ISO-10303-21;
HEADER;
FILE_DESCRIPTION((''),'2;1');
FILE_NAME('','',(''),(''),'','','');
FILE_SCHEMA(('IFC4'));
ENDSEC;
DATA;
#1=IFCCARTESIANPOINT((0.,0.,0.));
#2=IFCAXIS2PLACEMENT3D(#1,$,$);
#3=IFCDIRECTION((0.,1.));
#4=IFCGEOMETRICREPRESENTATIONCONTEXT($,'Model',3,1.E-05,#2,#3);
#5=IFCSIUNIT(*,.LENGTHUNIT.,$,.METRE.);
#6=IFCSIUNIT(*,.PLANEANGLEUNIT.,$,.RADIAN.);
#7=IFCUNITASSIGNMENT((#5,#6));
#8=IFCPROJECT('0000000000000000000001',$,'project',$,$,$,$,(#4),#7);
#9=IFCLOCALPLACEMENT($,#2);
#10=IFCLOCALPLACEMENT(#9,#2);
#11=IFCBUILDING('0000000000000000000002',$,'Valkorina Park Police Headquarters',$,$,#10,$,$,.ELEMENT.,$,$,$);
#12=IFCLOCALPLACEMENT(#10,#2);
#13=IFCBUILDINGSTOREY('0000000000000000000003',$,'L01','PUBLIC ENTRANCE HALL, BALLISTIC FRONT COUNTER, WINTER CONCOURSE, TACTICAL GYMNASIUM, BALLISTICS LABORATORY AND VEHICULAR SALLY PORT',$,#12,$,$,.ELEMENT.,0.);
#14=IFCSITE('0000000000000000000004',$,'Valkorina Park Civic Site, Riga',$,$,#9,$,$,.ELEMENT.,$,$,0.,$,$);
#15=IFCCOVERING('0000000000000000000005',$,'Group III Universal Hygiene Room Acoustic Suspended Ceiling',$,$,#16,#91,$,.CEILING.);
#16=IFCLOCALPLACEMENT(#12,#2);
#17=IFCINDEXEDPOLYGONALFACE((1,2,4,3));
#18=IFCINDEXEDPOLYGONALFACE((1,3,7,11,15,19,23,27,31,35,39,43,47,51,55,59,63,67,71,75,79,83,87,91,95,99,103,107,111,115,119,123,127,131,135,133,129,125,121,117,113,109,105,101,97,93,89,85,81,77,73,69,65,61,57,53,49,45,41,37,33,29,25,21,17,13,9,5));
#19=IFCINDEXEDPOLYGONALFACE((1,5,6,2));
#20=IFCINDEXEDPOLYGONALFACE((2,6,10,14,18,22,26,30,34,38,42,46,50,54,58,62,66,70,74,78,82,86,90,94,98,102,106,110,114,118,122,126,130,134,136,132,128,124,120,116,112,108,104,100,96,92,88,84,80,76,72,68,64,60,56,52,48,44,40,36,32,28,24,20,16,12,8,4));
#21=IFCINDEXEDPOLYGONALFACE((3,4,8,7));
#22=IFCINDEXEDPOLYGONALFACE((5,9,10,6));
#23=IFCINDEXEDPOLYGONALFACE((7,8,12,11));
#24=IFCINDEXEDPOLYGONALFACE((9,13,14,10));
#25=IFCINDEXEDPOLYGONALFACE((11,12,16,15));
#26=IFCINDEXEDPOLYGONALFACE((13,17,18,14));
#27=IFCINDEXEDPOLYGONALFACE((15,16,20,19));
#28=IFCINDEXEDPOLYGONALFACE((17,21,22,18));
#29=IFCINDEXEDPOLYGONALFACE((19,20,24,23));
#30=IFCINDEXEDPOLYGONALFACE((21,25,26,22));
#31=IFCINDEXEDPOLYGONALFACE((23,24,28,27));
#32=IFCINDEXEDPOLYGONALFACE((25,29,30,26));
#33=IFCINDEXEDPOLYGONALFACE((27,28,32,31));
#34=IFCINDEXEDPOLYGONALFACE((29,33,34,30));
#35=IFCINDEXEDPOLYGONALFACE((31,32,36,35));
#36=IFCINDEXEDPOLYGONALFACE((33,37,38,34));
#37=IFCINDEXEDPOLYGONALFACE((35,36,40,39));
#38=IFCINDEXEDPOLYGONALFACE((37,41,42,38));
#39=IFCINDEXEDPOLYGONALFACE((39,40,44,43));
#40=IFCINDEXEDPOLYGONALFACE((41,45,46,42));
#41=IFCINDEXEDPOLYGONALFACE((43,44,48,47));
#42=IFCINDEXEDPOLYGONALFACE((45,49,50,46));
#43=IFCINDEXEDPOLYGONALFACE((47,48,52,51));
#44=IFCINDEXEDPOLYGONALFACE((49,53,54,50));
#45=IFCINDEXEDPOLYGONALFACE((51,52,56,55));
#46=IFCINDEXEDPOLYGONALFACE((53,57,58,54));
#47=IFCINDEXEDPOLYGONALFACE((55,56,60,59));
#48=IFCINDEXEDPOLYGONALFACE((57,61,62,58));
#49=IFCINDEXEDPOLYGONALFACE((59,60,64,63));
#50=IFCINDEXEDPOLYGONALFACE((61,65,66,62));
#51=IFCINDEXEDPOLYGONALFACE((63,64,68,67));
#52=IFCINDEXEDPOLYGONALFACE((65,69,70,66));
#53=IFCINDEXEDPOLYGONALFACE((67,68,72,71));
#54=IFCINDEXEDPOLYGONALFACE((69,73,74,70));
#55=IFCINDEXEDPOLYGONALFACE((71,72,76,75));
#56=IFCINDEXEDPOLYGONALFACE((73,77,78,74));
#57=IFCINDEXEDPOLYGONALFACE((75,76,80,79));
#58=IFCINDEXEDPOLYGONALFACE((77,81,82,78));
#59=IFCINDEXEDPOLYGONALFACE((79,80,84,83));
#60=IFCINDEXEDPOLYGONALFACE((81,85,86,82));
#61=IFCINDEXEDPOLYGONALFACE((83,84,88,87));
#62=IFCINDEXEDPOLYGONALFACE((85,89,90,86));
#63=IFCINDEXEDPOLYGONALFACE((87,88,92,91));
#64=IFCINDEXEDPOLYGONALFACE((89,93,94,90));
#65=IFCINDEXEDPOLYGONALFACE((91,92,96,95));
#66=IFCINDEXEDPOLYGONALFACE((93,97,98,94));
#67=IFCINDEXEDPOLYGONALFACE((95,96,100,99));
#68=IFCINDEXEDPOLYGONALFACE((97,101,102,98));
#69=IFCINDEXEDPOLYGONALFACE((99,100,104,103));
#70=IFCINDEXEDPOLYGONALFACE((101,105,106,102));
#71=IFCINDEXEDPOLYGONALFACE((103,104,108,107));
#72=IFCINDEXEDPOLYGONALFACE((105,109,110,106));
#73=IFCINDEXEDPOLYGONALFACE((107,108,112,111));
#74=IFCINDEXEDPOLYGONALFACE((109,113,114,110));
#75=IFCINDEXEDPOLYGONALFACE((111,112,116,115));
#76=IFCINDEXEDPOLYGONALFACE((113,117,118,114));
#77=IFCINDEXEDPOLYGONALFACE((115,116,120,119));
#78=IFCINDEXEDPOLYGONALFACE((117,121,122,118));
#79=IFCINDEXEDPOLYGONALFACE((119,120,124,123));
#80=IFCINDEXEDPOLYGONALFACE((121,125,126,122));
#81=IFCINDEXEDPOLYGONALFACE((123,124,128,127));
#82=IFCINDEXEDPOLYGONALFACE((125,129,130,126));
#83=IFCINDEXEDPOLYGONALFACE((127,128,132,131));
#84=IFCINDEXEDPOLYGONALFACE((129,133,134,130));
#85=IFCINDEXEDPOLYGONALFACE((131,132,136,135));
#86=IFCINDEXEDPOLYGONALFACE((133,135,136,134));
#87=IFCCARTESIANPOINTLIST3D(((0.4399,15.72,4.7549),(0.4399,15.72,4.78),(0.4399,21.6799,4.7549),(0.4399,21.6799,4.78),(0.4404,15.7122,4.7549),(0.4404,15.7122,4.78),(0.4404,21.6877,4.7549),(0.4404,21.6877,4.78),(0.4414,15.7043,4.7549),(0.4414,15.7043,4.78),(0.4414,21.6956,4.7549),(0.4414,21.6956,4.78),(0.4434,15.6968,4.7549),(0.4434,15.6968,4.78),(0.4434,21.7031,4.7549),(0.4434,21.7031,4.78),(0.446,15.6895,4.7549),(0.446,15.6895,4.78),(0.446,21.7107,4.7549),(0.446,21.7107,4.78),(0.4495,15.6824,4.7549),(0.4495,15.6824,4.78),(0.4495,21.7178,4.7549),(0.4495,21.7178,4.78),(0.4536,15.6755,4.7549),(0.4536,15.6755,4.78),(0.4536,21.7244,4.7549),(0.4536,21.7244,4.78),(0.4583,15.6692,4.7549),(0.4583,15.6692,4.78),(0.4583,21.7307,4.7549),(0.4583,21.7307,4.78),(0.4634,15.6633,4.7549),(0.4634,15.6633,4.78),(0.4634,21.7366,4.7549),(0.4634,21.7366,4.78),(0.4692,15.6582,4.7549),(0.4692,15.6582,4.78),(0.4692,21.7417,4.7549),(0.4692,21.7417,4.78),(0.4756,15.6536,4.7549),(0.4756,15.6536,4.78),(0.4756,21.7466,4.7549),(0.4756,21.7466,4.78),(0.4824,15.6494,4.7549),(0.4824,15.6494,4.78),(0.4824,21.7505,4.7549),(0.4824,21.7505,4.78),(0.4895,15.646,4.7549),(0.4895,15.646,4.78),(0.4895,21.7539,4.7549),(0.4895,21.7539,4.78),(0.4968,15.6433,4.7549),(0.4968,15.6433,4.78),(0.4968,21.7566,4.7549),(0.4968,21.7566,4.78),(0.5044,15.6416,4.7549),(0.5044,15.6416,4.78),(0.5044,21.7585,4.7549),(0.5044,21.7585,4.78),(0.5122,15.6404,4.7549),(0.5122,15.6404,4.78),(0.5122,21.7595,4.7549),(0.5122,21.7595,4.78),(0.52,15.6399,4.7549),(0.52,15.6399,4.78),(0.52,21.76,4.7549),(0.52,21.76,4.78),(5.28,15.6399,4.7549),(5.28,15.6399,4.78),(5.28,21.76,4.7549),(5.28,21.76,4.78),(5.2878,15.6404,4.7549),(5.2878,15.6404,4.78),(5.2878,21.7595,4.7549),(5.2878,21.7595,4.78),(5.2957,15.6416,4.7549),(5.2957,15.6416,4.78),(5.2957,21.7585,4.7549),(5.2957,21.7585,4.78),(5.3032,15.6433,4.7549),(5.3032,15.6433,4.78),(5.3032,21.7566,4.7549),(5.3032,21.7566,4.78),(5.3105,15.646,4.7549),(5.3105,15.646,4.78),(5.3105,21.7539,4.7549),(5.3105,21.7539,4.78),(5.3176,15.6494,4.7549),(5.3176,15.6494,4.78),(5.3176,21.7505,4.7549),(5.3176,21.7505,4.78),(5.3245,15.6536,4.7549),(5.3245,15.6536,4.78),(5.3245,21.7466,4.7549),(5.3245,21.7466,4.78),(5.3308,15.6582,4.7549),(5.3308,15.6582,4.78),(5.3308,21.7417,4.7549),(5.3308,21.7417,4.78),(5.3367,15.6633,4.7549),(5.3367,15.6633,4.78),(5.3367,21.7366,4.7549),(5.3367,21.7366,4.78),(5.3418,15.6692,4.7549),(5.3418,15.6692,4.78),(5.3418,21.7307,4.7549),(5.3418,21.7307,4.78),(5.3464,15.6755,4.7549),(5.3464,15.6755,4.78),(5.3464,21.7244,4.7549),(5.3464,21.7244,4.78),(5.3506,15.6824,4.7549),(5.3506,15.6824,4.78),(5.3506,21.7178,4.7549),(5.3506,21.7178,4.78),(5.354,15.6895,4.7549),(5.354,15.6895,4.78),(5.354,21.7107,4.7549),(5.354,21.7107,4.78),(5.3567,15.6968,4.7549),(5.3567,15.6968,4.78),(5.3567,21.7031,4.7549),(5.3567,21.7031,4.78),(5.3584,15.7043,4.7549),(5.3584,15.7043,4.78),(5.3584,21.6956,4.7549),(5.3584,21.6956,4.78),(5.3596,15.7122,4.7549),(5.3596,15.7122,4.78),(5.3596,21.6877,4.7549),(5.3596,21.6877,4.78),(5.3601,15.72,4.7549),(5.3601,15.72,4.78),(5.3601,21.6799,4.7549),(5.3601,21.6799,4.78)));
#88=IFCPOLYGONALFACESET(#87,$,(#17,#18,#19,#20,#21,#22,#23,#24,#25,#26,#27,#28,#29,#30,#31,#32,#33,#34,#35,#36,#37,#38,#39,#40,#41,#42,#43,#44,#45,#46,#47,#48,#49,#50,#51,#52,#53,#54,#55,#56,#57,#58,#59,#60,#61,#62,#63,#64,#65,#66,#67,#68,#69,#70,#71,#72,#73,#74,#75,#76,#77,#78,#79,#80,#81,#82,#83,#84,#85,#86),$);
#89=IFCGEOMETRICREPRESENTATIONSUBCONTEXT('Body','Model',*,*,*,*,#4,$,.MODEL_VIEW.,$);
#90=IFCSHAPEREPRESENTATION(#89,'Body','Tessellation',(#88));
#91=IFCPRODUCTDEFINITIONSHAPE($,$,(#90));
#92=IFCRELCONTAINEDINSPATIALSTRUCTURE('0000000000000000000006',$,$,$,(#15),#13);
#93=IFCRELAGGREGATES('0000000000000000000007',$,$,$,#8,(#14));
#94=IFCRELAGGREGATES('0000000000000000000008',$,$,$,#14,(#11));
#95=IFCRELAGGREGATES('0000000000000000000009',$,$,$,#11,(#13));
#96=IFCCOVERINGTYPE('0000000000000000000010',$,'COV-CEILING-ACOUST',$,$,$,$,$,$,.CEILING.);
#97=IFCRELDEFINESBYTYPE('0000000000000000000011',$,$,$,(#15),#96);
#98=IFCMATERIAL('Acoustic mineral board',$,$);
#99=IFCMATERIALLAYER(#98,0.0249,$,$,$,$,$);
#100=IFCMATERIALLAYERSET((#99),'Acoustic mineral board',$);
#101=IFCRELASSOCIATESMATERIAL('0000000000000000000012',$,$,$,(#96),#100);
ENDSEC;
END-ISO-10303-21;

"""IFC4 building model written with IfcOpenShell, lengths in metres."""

from ifc_helpers import new_model, si_unit, direction, frame, origin, place, context, subcontext, project, spatial, polyline, outline, extrude, material, layer, layer_set, type_object, element, save


model = new_model("IFC4")

# Units and contexts
model_context = context("Model", 3, precision=1e-05, world=origin(), true_north=direction((0.0, 1.0)))
body_context = subcontext(model_context, "Body", "Model", "MODEL_VIEW")
ifc_project = project(units=[si_unit("LENGTHUNIT", "METRE"), si_unit("PLANEANGLEUNIT", "RADIAN")], contexts=[model_context])

# Site, building, storey
site_placement = place(None, origin())
site = spatial("IfcSite", under=ifc_project, at=site_placement, Name="Valkorina Park Civic Site, Riga", CompositionType="ELEMENT", RefElevation=0.0)
building_placement = place(site_placement, origin())
building = spatial("IfcBuilding", under=site, at=building_placement, Name="Valkorina Park Police Headquarters", CompositionType="ELEMENT")
storey_placement = place(building_placement, origin())
storey = spatial("IfcBuildingStorey", under=building, at=storey_placement, Name="L01", Description="PUBLIC ENTRANCE HALL, BALLISTIC FRONT COUNTER, WINTER CONCOURSE, TACTICAL GYMNASIUM, BALLISTICS LABORATORY AND VEHICULAR SALLY PORT", CompositionType="ELEMENT", Elevation=0.0)

# Covering
ifc_material_1 = material(Name="Acoustic mineral board")
ifc_layer_1 = layer(ifc_material_1, 0.0249)
ifc_layer_set_1 = layer_set([ifc_layer_1], Name="Acoustic mineral board")
covering_type_1 = type_object("IfcCoveringType", Name="COV-CEILING-ACOUST", PredefinedType="CEILING", material=ifc_layer_set_1)
covering_1_placement = place(storey_placement, frame((0.0, 0.0, 4.7549)))
element("IfcCovering", 1, at=covering_1_placement, inside=storey, type_object=covering_type_1, Name="Group III Universal Hygiene Room Acoustic Suspended Ceiling", PredefinedType="CEILING", context=body_context, shape_type="SweptSolid", body=[
    extrude(outline(polyline([(5.3584, 15.7043), (5.3596, 15.7122), (5.3601, 15.72), (5.3601, 21.6799), (5.3596, 21.6877), (5.3584, 21.6956), (5.3567, 21.7031), (5.354, 21.7107), (5.3506, 21.7178), (5.3464, 21.7244), (5.3418, 21.7307), (5.3367, 21.7366), (5.3308, 21.7417), (5.3245, 21.7466), (5.3176, 21.7505), (5.3105, 21.7539), (5.3032, 21.7566), (5.2957, 21.7585), (5.2878, 21.7595), (5.28, 21.76), (0.52, 21.76), (0.5122, 21.7595), (0.5044, 21.7585), (0.4968, 21.7566), (0.4895, 21.7539), (0.4824, 21.7505), (0.4756, 21.7466), (0.4692, 21.7417), (0.4634, 21.7366), (0.4583, 21.7307), (0.4536, 21.7244), (0.4495, 21.7178), (0.446, 21.7107), (0.4434, 21.7031), (0.4414, 21.6956), (0.4404, 21.6877), (0.4399, 21.6799), (0.4399, 15.72), (0.4404, 15.7122), (0.4414, 15.7043), (0.4434, 15.6968), (0.446, 15.6895), (0.4495, 15.6824), (0.4536, 15.6755), (0.4583, 15.6692), (0.4634, 15.6633), (0.4692, 15.6582), (0.4756, 15.6536), (0.4824, 15.6494), (0.4895, 15.646), (0.4968, 15.6433), (0.5044, 15.6416), (0.5122, 15.6404), (0.52, 15.6399), (5.28, 15.6399), (5.2878, 15.6404), (5.2957, 15.6416), (5.3032, 15.6433), (5.3105, 15.646), (5.3176, 15.6494), (5.3245, 15.6536), (5.3308, 15.6582), (5.3367, 15.6633), (5.3418, 15.6692), (5.3464, 15.6755), (5.3506, 15.6824), (5.354, 15.6895), (5.3567, 15.6968), (5.3584, 15.7043)])), origin(), (0.0, 0.0, 1.0), 0.0251),
])

save(model, "model.ifc")
